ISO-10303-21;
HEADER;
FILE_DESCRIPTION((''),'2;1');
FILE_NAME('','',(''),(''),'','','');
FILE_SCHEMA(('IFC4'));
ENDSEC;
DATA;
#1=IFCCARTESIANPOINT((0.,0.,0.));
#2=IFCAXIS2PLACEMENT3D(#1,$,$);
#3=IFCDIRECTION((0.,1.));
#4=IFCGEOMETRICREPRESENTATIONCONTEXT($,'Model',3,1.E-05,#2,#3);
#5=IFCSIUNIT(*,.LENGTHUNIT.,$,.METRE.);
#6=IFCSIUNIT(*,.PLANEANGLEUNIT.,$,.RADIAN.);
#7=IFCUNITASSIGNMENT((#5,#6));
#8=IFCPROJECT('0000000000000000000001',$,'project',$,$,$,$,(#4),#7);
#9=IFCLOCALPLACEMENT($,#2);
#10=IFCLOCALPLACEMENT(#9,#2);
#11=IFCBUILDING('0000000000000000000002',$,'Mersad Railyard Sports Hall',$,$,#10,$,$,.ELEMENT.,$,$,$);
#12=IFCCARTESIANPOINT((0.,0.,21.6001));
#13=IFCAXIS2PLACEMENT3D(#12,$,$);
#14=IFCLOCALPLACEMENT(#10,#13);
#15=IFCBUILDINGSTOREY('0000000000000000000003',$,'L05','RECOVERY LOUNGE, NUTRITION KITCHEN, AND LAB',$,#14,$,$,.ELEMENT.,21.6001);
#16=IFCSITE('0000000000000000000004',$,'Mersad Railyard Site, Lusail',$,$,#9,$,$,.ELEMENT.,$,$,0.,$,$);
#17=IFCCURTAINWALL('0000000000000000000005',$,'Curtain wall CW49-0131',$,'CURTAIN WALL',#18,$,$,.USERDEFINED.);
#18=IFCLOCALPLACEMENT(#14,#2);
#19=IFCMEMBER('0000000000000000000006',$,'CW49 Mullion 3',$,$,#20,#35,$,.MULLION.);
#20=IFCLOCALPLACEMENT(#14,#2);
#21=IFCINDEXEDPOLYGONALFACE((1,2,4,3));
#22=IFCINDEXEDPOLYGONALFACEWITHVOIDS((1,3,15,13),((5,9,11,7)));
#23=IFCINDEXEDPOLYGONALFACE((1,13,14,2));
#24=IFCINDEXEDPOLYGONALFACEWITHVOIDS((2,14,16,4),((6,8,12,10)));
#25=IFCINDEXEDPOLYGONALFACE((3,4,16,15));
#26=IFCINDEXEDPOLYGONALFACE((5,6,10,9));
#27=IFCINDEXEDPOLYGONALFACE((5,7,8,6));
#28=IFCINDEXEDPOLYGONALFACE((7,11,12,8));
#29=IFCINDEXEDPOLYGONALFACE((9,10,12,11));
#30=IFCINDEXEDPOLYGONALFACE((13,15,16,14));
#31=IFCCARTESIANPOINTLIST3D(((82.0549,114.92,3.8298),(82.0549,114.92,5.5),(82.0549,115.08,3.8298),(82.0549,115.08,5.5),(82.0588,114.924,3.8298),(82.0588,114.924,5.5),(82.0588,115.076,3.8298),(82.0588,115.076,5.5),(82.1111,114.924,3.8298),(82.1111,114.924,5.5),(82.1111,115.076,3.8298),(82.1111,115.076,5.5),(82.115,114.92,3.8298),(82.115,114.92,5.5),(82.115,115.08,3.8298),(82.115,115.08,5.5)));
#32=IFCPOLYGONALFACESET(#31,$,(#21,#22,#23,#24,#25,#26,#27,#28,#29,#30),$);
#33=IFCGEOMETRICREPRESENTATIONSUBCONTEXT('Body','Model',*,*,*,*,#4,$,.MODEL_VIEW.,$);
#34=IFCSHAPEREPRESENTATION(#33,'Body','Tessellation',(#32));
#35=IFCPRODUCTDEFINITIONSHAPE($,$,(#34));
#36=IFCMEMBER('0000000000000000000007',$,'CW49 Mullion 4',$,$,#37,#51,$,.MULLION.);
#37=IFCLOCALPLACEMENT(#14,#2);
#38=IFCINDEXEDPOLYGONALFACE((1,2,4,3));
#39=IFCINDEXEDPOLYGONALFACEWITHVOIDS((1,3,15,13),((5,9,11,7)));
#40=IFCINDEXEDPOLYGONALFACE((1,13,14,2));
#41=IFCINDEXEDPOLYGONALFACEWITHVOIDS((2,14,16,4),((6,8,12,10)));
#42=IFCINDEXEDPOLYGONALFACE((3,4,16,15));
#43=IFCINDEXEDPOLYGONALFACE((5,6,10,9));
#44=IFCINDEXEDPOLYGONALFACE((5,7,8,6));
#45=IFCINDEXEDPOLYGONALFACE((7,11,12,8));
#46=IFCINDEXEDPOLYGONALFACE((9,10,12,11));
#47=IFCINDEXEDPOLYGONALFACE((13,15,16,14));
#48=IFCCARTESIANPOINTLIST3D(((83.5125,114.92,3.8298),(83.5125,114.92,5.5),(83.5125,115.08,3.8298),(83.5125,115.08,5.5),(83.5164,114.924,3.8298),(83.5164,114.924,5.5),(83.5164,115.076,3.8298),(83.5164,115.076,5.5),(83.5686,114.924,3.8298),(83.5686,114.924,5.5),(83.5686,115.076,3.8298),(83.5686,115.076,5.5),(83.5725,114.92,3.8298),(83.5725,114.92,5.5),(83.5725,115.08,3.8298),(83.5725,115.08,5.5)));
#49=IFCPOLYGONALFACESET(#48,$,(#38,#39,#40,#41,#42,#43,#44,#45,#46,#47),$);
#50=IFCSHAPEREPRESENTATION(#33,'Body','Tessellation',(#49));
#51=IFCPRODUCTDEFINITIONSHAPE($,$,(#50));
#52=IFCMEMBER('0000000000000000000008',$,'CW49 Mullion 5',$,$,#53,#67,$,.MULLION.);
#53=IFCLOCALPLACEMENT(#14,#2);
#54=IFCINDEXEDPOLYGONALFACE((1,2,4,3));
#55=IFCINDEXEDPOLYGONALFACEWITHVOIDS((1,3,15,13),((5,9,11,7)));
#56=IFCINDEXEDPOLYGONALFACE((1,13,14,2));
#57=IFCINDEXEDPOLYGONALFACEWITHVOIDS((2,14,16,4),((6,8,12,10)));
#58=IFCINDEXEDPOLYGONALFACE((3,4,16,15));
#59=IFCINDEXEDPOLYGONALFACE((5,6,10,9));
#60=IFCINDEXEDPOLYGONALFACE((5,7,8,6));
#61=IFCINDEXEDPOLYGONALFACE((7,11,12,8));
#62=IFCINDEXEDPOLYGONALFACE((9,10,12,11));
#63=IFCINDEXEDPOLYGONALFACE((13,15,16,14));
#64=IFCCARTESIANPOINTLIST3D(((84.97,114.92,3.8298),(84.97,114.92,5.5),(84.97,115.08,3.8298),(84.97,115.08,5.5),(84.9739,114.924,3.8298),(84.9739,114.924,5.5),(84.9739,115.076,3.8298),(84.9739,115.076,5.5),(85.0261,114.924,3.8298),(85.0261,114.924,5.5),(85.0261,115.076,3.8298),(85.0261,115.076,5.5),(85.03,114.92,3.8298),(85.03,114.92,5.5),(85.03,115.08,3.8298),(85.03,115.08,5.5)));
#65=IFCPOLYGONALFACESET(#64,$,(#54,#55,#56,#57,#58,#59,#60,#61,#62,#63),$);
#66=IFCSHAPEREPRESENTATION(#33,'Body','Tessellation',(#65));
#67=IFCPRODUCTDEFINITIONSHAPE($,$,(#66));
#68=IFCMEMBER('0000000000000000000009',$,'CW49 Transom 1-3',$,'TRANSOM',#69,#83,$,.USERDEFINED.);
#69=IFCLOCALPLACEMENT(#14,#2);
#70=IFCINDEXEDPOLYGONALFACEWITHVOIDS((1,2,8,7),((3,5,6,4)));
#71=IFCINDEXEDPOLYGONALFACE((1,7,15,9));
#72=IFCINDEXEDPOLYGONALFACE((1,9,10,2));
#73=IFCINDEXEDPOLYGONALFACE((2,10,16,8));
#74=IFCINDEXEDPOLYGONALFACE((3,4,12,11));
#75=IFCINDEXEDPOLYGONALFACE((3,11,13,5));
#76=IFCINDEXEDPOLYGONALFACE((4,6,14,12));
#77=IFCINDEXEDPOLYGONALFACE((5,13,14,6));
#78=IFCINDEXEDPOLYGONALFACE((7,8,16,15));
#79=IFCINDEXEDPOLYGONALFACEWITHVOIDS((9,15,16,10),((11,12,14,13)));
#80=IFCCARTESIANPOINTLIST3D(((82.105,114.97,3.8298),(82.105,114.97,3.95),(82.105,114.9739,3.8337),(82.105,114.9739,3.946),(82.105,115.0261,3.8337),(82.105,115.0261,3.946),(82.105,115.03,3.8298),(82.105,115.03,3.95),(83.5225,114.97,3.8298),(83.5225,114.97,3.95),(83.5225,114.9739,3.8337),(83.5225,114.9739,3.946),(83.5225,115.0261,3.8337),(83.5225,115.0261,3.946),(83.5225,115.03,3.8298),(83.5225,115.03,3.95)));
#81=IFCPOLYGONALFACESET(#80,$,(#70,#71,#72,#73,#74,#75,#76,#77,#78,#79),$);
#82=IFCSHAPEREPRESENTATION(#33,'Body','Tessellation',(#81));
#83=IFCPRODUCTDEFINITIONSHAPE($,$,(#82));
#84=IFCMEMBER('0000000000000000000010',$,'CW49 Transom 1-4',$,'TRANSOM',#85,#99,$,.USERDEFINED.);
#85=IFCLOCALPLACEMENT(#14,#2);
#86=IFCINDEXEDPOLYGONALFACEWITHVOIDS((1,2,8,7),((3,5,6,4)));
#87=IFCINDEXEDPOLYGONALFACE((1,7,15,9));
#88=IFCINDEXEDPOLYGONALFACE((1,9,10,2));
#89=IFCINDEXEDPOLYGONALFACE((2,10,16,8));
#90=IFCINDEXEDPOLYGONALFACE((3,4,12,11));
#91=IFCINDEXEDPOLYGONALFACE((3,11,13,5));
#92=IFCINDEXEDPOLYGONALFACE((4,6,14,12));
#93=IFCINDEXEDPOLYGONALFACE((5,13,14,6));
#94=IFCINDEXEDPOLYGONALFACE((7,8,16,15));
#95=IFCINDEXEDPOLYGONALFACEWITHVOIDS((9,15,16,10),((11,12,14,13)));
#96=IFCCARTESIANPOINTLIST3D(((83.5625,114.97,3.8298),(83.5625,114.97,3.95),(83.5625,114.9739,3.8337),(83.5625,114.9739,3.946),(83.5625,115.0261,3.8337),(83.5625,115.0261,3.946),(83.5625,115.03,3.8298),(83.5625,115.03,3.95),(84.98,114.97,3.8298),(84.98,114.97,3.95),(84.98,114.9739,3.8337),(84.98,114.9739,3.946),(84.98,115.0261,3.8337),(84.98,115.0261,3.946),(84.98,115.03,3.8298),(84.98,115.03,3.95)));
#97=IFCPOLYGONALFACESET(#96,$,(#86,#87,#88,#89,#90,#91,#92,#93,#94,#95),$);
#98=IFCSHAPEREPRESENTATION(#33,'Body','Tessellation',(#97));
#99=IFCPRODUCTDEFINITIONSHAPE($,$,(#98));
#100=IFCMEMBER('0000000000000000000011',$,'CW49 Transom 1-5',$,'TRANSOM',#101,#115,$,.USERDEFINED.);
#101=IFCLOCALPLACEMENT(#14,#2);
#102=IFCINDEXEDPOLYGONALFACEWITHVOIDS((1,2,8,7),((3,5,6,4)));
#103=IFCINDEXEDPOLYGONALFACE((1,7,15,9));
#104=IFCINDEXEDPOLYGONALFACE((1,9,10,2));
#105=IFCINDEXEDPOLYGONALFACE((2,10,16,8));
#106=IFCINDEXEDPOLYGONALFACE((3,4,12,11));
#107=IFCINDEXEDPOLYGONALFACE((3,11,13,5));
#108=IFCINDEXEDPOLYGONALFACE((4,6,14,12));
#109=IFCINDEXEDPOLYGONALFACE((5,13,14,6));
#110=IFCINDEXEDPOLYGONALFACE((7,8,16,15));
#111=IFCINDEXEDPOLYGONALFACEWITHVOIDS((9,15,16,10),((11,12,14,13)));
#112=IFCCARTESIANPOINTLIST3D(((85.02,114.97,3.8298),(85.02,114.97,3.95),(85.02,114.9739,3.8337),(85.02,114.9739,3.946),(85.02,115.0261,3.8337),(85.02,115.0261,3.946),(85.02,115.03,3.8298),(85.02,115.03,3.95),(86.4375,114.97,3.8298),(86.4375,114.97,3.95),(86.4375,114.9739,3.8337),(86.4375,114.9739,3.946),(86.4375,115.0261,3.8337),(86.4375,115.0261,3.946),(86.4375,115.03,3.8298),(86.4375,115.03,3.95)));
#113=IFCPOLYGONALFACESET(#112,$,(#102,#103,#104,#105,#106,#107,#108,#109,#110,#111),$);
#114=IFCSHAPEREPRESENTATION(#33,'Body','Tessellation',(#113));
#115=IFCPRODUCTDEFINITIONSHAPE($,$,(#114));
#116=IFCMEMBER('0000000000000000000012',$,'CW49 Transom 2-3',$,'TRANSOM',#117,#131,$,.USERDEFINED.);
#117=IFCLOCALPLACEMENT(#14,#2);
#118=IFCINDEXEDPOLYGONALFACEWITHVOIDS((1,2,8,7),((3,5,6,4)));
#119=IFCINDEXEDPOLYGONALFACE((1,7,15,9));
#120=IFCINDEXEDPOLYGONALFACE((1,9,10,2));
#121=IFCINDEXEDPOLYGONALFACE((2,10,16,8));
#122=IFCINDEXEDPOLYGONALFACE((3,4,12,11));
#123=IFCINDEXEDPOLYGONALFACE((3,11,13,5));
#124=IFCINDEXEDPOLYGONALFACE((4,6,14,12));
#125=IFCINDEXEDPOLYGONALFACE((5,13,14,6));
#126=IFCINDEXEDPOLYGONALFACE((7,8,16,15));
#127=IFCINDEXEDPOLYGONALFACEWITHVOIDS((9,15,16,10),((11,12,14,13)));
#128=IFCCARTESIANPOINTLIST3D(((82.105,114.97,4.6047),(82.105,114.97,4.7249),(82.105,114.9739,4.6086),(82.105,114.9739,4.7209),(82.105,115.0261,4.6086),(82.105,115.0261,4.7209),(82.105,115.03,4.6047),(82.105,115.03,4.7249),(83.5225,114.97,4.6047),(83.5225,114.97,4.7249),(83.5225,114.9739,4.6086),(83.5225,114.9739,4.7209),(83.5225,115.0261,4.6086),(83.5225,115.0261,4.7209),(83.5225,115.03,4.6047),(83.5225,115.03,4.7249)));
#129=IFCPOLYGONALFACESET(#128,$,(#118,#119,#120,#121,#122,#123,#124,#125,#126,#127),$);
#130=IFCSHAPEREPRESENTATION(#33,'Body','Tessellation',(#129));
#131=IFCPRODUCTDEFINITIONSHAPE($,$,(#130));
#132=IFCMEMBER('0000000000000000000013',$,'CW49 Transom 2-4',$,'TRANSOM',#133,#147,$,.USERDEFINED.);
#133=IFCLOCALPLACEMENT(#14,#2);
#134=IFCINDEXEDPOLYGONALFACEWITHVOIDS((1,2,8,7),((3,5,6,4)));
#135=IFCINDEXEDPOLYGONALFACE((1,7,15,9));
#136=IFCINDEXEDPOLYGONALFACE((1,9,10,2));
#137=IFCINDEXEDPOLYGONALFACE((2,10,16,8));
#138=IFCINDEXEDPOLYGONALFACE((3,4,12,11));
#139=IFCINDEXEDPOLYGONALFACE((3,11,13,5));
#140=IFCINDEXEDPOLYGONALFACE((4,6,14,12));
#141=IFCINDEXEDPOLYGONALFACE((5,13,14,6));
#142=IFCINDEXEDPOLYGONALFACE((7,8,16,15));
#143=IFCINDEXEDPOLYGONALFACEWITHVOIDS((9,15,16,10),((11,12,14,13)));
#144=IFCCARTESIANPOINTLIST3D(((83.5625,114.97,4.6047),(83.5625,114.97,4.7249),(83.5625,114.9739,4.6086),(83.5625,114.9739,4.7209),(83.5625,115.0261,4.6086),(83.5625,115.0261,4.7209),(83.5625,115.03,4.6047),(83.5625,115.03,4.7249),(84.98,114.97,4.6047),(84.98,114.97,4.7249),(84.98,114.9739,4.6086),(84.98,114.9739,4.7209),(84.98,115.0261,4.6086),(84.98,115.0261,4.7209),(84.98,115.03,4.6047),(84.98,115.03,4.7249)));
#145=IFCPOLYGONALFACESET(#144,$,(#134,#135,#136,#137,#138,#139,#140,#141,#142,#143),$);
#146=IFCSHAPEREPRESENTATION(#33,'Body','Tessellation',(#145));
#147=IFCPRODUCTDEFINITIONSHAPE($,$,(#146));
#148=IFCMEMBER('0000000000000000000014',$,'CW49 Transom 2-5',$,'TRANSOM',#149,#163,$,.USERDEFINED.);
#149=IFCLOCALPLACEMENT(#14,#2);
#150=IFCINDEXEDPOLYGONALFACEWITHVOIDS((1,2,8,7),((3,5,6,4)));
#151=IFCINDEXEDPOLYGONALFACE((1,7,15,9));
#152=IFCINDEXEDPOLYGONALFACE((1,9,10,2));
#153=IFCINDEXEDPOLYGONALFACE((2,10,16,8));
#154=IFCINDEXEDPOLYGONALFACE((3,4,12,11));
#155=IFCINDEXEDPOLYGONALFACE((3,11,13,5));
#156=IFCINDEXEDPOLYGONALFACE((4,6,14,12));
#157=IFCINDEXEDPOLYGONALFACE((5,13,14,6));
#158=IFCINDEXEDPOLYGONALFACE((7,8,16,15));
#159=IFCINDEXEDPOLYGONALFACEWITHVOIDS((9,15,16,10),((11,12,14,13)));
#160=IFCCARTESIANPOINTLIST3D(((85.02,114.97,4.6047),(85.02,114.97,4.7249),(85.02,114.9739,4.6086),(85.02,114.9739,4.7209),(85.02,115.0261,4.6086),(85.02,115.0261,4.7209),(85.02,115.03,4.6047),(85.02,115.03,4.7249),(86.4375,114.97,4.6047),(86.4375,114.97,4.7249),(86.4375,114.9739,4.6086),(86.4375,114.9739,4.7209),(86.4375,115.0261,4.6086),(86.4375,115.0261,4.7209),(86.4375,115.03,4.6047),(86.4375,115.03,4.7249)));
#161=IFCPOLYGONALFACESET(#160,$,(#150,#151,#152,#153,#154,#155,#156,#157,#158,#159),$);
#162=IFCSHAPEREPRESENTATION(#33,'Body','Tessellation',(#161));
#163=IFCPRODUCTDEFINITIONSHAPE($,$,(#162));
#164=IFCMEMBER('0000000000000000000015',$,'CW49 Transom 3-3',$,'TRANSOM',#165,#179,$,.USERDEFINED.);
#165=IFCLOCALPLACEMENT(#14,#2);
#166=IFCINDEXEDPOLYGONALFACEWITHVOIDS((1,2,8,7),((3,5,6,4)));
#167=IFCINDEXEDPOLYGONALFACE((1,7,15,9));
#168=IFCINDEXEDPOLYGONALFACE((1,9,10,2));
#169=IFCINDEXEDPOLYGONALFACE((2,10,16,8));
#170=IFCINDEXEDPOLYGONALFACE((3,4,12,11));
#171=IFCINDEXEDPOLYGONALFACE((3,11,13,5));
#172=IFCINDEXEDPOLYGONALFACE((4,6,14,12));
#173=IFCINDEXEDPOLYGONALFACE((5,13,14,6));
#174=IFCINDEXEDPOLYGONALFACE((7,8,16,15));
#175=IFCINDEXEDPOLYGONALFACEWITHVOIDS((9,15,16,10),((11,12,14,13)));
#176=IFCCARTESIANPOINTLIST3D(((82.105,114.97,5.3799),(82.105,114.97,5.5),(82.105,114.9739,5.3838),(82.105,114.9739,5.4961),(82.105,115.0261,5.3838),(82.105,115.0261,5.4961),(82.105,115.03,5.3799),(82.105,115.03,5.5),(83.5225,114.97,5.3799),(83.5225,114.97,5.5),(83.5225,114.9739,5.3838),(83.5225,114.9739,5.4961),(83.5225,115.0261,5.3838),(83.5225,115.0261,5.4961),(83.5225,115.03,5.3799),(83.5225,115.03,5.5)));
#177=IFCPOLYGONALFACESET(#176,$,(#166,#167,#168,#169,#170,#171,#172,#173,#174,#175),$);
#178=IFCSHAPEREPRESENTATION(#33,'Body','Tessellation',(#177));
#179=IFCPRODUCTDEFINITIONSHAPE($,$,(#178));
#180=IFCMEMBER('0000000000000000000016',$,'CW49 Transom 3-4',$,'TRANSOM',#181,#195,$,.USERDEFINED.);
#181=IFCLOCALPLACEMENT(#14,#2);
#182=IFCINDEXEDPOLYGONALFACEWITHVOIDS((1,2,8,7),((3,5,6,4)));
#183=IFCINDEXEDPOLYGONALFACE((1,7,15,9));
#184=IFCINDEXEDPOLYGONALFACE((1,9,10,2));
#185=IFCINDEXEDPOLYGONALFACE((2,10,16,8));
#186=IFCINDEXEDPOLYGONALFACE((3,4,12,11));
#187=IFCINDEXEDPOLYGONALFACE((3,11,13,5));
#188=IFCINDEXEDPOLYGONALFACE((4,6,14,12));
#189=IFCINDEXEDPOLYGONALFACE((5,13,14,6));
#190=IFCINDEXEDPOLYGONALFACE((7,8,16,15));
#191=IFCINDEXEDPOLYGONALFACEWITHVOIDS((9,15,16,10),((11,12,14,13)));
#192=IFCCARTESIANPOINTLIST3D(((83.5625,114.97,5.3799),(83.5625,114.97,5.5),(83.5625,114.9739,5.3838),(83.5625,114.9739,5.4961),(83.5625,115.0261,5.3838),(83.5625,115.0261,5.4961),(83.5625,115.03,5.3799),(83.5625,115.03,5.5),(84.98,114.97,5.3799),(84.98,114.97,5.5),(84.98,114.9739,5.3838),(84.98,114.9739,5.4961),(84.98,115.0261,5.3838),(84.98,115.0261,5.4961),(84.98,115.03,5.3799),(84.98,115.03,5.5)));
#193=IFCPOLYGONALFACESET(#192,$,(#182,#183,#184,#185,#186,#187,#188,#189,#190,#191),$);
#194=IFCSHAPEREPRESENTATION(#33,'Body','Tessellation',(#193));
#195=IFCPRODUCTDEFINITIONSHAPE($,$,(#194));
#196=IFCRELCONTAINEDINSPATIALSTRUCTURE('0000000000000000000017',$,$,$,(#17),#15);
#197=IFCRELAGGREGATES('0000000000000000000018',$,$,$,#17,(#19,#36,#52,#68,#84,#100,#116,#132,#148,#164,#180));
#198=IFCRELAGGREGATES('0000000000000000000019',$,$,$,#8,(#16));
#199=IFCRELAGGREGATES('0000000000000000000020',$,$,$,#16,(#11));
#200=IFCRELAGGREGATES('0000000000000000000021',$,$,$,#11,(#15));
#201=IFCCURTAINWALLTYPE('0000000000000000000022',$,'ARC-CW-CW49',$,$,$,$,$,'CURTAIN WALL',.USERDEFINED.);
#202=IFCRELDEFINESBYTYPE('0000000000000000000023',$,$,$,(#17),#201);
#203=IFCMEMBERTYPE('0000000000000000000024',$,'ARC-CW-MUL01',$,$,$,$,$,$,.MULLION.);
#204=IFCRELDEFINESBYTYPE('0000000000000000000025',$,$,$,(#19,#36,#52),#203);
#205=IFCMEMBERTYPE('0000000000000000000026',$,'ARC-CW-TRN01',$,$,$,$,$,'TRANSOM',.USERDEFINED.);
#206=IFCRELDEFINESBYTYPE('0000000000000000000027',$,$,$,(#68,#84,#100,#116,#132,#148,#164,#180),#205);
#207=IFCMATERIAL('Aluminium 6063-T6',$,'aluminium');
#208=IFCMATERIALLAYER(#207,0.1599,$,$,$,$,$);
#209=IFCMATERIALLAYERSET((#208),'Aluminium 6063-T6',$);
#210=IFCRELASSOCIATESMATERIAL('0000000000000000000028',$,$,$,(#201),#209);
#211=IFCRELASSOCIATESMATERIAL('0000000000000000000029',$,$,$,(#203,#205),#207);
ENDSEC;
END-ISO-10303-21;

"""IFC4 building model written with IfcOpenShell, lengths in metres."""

from ifc_helpers import new_model, si_unit, direction, frame, origin, origin_2d, place, context, subcontext, project, spatial, hollow_rectangle, extrude, material, layer, layer_set, material_profile, profile_set, type_object, element, aggregate, save


model = new_model("IFC4")

# Units and contexts
model_context = context("Model", 3, precision=1e-05, world=origin(), true_north=direction((0.0, 1.0)))
body_context = subcontext(model_context, "Body", "Model", "MODEL_VIEW")
ifc_project = project(units=[si_unit("LENGTHUNIT", "METRE"), si_unit("PLANEANGLEUNIT", "RADIAN")], contexts=[model_context])

# Site, building, storey
site_placement = place(None, origin())
site = spatial("IfcSite", under=ifc_project, at=site_placement, Name="Mersad Railyard Site, Lusail", CompositionType="ELEMENT", RefElevation=0.0)
building_placement = place(site_placement, origin())
building = spatial("IfcBuilding", under=site, at=building_placement, Name="Mersad Railyard Sports Hall", CompositionType="ELEMENT")
storey_placement = place(building_placement, frame((0.0, 0.0, 21.6001)))
storey = spatial("IfcBuildingStorey", under=building, at=storey_placement, Name="L05", Description="RECOVERY LOUNGE, NUTRITION KITCHEN, AND LAB", CompositionType="ELEMENT", Elevation=21.6001)

# Curtain wall, members
ifc_material_1 = material(Name="Aluminium 6063-T6", Category="aluminium")
ifc_layer_1 = layer(ifc_material_1, 0.1599)
ifc_layer_set_1 = layer_set([ifc_layer_1], Name="Aluminium 6063-T6")
curtain_wall_type = type_object("IfcCurtainWallType", Name="ARC-CW-CW49", ElementType="CURTAIN WALL", PredefinedType="USERDEFINED", material=ifc_layer_set_1)
curtain_wall_placement = place(storey_placement, origin())
curtain_wall = element("IfcCurtainWall", 1, at=curtain_wall_placement, inside=storey, type_object=curtain_wall_type, Name="Curtain wall CW49-0131", ObjectType="CURTAIN WALL", PredefinedType="USERDEFINED")
ifc_material_profile_1 = material_profile(ifc_material_1, hollow_rectangle(XDim=0.0601, YDim=0.1599, WallThickness=0.0039, at=origin_2d()), Name="AL MULLION 60x160x4")
ifc_profile_set_1 = profile_set([ifc_material_profile_1], Name="Aluminium 6063-T6")
member_type_1 = type_object("IfcMemberType", Name="ARC-CW-MUL01", PredefinedType="MULLION", material=ifc_profile_set_1)
member_1_placement = place(storey_placement, frame((82.085, 115.0, 3.8298), z_axis=(0.0, 0.0, 1.0), x_axis=(1.0, 0.0, 0.0)))
member_1 = element("IfcMember", 2, at=member_1_placement, type_object=member_type_1, Name="CW49 Mullion 3", PredefinedType="MULLION", context=body_context, shape_type="SweptSolid", body=[
    extrude(hollow_rectangle(XDim=0.0601, YDim=0.1599, WallThickness=0.0039, at=origin_2d()), origin(), (0.0, 0.0, 1.0), 1.6702),
])
member_2_placement = place(storey_placement, frame((83.5425, 115.0, 3.8298), z_axis=(0.0, 0.0, 1.0), x_axis=(1.0, 0.0, 0.0)))
member_2 = element("IfcMember", 3, at=member_2_placement, type_object=member_type_1, Name="CW49 Mullion 4", PredefinedType="MULLION", context=body_context, shape_type="SweptSolid", body=[
    extrude(hollow_rectangle(XDim=0.0601, YDim=0.1599, WallThickness=0.0039, at=origin_2d()), origin(), (0.0, 0.0, 1.0), 1.6702),
])
member_3_placement = place(storey_placement, frame((85.0, 115.0, 3.8298), z_axis=(0.0, 0.0, 1.0), x_axis=(1.0, 0.0, 0.0)))
member_3 = element("IfcMember", 4, at=member_3_placement, type_object=member_type_1, Name="CW49 Mullion 5", PredefinedType="MULLION", context=body_context, shape_type="SweptSolid", body=[
    extrude(hollow_rectangle(XDim=0.0601, YDim=0.1599, WallThickness=0.0039, at=origin_2d()), origin(), (0.0, 0.0, 1.0), 1.6702),
])
ifc_material_profile_2 = material_profile(ifc_material_1, hollow_rectangle(XDim=0.0601, YDim=0.1201, WallThickness=0.0039, at=origin_2d()), Name="AL TRANSOM 60x120x4")
ifc_profile_set_2 = profile_set([ifc_material_profile_2], Name="Aluminium 6063-T6")
member_type_2 = type_object("IfcMemberType", Name="ARC-CW-TRN01", ElementType="TRANSOM", PredefinedType="USERDEFINED", material=ifc_profile_set_2)
member_4_placement = place(storey_placement, frame((82.105, 115.0, 3.8899), z_axis=(1.0, 0.0, 0.0), x_axis=(0.0, 1.0, 0.0)))
member_4 = element("IfcMember", 5, at=member_4_placement, type_object=member_type_2, Name="CW49 Transom 1-3", ObjectType="TRANSOM", PredefinedType="USERDEFINED", context=body_context, shape_type="SweptSolid", body=[
    extrude(hollow_rectangle(XDim=0.0601, YDim=0.1201, WallThickness=0.0039, at=origin_2d()), origin(), (0.0, 0.0, 1.0), 1.4175),
])
member_5_placement = place(storey_placement, frame((83.5625, 115.0, 3.8899), z_axis=(1.0, 0.0, 0.0), x_axis=(0.0, 1.0, 0.0)))
member_5 = element("IfcMember", 6, at=member_5_placement, type_object=member_type_2, Name="CW49 Transom 1-4", ObjectType="TRANSOM", PredefinedType="USERDEFINED", context=body_context, shape_type="SweptSolid", body=[
    extrude(hollow_rectangle(XDim=0.0601, YDim=0.1201, WallThickness=0.0039, at=origin_2d()), origin(), (0.0, 0.0, 1.0), 1.4175),
])
member_6_placement = place(storey_placement, frame((85.02, 115.0, 3.8899), z_axis=(1.0, 0.0, 0.0), x_axis=(0.0, 1.0, 0.0)))
member_6 = element("IfcMember", 7, at=member_6_placement, type_object=member_type_2, Name="CW49 Transom 1-5", ObjectType="TRANSOM", PredefinedType="USERDEFINED", context=body_context, shape_type="SweptSolid", body=[
    extrude(hollow_rectangle(XDim=0.0601, YDim=0.1201, WallThickness=0.0039, at=origin_2d()), origin(), (0.0, 0.0, 1.0), 1.4175),
])
member_7_placement = place(storey_placement, frame((82.105, 115.0, 4.6648), z_axis=(1.0, 0.0, 0.0), x_axis=(0.0, 1.0, 0.0)))
member_7 = element("IfcMember", 8, at=member_7_placement, type_object=member_type_2, Name="CW49 Transom 2-3", ObjectType="TRANSOM", PredefinedType="USERDEFINED", context=body_context, shape_type="SweptSolid", body=[
    extrude(hollow_rectangle(XDim=0.0601, YDim=0.1201, WallThickness=0.0039, at=origin_2d()), origin(), (0.0, 0.0, 1.0), 1.4175),
])
member_8_placement = place(storey_placement, frame((83.5625, 115.0, 4.6648), z_axis=(1.0, 0.0, 0.0), x_axis=(0.0, 1.0, 0.0)))
member_8 = element("IfcMember", 9, at=member_8_placement, type_object=member_type_2, Name="CW49 Transom 2-4", ObjectType="TRANSOM", PredefinedType="USERDEFINED", context=body_context, shape_type="SweptSolid", body=[
    extrude(hollow_rectangle(XDim=0.0601, YDim=0.1201, WallThickness=0.0039, at=origin_2d()), origin(), (0.0, 0.0, 1.0), 1.4175),
])
member_9_placement = place(storey_placement, frame((85.02, 115.0, 4.6648), z_axis=(1.0, 0.0, 0.0), x_axis=(0.0, 1.0, 0.0)))
member_9 = element("IfcMember", 10, at=member_9_placement, type_object=member_type_2, Name="CW49 Transom 2-5", ObjectType="TRANSOM", PredefinedType="USERDEFINED", context=body_context, shape_type="SweptSolid", body=[
    extrude(hollow_rectangle(XDim=0.0601, YDim=0.1201, WallThickness=0.0039, at=origin_2d()), origin(), (0.0, 0.0, 1.0), 1.4175),
])
member_10_placement = place(storey_placement, frame((82.105, 115.0, 5.4399), z_axis=(1.0, 0.0, 0.0), x_axis=(0.0, 1.0, 0.0)))
member_10 = element("IfcMember", 11, at=member_10_placement, type_object=member_type_2, Name="CW49 Transom 3-3", ObjectType="TRANSOM", PredefinedType="USERDEFINED", context=body_context, shape_type="SweptSolid", body=[
    extrude(hollow_rectangle(XDim=0.0601, YDim=0.1201, WallThickness=0.0039, at=origin_2d()), origin(), (0.0, 0.0, 1.0), 1.4175),
])
member_11_placement = place(storey_placement, frame((83.5625, 115.0, 5.4399), z_axis=(1.0, 0.0, 0.0), x_axis=(0.0, 1.0, 0.0)))
member_11 = element("IfcMember", 12, at=member_11_placement, type_object=member_type_2, Name="CW49 Transom 3-4", ObjectType="TRANSOM", PredefinedType="USERDEFINED", context=body_context, shape_type="SweptSolid", body=[
    extrude(hollow_rectangle(XDim=0.0601, YDim=0.1201, WallThickness=0.0039, at=origin_2d()), origin(), (0.0, 0.0, 1.0), 1.4175),
])
aggregate(curtain_wall, [member_1, member_2, member_3, member_4, member_5, member_6, member_7, member_8, member_9, member_10, member_11])

save(model, "model.ifc")
